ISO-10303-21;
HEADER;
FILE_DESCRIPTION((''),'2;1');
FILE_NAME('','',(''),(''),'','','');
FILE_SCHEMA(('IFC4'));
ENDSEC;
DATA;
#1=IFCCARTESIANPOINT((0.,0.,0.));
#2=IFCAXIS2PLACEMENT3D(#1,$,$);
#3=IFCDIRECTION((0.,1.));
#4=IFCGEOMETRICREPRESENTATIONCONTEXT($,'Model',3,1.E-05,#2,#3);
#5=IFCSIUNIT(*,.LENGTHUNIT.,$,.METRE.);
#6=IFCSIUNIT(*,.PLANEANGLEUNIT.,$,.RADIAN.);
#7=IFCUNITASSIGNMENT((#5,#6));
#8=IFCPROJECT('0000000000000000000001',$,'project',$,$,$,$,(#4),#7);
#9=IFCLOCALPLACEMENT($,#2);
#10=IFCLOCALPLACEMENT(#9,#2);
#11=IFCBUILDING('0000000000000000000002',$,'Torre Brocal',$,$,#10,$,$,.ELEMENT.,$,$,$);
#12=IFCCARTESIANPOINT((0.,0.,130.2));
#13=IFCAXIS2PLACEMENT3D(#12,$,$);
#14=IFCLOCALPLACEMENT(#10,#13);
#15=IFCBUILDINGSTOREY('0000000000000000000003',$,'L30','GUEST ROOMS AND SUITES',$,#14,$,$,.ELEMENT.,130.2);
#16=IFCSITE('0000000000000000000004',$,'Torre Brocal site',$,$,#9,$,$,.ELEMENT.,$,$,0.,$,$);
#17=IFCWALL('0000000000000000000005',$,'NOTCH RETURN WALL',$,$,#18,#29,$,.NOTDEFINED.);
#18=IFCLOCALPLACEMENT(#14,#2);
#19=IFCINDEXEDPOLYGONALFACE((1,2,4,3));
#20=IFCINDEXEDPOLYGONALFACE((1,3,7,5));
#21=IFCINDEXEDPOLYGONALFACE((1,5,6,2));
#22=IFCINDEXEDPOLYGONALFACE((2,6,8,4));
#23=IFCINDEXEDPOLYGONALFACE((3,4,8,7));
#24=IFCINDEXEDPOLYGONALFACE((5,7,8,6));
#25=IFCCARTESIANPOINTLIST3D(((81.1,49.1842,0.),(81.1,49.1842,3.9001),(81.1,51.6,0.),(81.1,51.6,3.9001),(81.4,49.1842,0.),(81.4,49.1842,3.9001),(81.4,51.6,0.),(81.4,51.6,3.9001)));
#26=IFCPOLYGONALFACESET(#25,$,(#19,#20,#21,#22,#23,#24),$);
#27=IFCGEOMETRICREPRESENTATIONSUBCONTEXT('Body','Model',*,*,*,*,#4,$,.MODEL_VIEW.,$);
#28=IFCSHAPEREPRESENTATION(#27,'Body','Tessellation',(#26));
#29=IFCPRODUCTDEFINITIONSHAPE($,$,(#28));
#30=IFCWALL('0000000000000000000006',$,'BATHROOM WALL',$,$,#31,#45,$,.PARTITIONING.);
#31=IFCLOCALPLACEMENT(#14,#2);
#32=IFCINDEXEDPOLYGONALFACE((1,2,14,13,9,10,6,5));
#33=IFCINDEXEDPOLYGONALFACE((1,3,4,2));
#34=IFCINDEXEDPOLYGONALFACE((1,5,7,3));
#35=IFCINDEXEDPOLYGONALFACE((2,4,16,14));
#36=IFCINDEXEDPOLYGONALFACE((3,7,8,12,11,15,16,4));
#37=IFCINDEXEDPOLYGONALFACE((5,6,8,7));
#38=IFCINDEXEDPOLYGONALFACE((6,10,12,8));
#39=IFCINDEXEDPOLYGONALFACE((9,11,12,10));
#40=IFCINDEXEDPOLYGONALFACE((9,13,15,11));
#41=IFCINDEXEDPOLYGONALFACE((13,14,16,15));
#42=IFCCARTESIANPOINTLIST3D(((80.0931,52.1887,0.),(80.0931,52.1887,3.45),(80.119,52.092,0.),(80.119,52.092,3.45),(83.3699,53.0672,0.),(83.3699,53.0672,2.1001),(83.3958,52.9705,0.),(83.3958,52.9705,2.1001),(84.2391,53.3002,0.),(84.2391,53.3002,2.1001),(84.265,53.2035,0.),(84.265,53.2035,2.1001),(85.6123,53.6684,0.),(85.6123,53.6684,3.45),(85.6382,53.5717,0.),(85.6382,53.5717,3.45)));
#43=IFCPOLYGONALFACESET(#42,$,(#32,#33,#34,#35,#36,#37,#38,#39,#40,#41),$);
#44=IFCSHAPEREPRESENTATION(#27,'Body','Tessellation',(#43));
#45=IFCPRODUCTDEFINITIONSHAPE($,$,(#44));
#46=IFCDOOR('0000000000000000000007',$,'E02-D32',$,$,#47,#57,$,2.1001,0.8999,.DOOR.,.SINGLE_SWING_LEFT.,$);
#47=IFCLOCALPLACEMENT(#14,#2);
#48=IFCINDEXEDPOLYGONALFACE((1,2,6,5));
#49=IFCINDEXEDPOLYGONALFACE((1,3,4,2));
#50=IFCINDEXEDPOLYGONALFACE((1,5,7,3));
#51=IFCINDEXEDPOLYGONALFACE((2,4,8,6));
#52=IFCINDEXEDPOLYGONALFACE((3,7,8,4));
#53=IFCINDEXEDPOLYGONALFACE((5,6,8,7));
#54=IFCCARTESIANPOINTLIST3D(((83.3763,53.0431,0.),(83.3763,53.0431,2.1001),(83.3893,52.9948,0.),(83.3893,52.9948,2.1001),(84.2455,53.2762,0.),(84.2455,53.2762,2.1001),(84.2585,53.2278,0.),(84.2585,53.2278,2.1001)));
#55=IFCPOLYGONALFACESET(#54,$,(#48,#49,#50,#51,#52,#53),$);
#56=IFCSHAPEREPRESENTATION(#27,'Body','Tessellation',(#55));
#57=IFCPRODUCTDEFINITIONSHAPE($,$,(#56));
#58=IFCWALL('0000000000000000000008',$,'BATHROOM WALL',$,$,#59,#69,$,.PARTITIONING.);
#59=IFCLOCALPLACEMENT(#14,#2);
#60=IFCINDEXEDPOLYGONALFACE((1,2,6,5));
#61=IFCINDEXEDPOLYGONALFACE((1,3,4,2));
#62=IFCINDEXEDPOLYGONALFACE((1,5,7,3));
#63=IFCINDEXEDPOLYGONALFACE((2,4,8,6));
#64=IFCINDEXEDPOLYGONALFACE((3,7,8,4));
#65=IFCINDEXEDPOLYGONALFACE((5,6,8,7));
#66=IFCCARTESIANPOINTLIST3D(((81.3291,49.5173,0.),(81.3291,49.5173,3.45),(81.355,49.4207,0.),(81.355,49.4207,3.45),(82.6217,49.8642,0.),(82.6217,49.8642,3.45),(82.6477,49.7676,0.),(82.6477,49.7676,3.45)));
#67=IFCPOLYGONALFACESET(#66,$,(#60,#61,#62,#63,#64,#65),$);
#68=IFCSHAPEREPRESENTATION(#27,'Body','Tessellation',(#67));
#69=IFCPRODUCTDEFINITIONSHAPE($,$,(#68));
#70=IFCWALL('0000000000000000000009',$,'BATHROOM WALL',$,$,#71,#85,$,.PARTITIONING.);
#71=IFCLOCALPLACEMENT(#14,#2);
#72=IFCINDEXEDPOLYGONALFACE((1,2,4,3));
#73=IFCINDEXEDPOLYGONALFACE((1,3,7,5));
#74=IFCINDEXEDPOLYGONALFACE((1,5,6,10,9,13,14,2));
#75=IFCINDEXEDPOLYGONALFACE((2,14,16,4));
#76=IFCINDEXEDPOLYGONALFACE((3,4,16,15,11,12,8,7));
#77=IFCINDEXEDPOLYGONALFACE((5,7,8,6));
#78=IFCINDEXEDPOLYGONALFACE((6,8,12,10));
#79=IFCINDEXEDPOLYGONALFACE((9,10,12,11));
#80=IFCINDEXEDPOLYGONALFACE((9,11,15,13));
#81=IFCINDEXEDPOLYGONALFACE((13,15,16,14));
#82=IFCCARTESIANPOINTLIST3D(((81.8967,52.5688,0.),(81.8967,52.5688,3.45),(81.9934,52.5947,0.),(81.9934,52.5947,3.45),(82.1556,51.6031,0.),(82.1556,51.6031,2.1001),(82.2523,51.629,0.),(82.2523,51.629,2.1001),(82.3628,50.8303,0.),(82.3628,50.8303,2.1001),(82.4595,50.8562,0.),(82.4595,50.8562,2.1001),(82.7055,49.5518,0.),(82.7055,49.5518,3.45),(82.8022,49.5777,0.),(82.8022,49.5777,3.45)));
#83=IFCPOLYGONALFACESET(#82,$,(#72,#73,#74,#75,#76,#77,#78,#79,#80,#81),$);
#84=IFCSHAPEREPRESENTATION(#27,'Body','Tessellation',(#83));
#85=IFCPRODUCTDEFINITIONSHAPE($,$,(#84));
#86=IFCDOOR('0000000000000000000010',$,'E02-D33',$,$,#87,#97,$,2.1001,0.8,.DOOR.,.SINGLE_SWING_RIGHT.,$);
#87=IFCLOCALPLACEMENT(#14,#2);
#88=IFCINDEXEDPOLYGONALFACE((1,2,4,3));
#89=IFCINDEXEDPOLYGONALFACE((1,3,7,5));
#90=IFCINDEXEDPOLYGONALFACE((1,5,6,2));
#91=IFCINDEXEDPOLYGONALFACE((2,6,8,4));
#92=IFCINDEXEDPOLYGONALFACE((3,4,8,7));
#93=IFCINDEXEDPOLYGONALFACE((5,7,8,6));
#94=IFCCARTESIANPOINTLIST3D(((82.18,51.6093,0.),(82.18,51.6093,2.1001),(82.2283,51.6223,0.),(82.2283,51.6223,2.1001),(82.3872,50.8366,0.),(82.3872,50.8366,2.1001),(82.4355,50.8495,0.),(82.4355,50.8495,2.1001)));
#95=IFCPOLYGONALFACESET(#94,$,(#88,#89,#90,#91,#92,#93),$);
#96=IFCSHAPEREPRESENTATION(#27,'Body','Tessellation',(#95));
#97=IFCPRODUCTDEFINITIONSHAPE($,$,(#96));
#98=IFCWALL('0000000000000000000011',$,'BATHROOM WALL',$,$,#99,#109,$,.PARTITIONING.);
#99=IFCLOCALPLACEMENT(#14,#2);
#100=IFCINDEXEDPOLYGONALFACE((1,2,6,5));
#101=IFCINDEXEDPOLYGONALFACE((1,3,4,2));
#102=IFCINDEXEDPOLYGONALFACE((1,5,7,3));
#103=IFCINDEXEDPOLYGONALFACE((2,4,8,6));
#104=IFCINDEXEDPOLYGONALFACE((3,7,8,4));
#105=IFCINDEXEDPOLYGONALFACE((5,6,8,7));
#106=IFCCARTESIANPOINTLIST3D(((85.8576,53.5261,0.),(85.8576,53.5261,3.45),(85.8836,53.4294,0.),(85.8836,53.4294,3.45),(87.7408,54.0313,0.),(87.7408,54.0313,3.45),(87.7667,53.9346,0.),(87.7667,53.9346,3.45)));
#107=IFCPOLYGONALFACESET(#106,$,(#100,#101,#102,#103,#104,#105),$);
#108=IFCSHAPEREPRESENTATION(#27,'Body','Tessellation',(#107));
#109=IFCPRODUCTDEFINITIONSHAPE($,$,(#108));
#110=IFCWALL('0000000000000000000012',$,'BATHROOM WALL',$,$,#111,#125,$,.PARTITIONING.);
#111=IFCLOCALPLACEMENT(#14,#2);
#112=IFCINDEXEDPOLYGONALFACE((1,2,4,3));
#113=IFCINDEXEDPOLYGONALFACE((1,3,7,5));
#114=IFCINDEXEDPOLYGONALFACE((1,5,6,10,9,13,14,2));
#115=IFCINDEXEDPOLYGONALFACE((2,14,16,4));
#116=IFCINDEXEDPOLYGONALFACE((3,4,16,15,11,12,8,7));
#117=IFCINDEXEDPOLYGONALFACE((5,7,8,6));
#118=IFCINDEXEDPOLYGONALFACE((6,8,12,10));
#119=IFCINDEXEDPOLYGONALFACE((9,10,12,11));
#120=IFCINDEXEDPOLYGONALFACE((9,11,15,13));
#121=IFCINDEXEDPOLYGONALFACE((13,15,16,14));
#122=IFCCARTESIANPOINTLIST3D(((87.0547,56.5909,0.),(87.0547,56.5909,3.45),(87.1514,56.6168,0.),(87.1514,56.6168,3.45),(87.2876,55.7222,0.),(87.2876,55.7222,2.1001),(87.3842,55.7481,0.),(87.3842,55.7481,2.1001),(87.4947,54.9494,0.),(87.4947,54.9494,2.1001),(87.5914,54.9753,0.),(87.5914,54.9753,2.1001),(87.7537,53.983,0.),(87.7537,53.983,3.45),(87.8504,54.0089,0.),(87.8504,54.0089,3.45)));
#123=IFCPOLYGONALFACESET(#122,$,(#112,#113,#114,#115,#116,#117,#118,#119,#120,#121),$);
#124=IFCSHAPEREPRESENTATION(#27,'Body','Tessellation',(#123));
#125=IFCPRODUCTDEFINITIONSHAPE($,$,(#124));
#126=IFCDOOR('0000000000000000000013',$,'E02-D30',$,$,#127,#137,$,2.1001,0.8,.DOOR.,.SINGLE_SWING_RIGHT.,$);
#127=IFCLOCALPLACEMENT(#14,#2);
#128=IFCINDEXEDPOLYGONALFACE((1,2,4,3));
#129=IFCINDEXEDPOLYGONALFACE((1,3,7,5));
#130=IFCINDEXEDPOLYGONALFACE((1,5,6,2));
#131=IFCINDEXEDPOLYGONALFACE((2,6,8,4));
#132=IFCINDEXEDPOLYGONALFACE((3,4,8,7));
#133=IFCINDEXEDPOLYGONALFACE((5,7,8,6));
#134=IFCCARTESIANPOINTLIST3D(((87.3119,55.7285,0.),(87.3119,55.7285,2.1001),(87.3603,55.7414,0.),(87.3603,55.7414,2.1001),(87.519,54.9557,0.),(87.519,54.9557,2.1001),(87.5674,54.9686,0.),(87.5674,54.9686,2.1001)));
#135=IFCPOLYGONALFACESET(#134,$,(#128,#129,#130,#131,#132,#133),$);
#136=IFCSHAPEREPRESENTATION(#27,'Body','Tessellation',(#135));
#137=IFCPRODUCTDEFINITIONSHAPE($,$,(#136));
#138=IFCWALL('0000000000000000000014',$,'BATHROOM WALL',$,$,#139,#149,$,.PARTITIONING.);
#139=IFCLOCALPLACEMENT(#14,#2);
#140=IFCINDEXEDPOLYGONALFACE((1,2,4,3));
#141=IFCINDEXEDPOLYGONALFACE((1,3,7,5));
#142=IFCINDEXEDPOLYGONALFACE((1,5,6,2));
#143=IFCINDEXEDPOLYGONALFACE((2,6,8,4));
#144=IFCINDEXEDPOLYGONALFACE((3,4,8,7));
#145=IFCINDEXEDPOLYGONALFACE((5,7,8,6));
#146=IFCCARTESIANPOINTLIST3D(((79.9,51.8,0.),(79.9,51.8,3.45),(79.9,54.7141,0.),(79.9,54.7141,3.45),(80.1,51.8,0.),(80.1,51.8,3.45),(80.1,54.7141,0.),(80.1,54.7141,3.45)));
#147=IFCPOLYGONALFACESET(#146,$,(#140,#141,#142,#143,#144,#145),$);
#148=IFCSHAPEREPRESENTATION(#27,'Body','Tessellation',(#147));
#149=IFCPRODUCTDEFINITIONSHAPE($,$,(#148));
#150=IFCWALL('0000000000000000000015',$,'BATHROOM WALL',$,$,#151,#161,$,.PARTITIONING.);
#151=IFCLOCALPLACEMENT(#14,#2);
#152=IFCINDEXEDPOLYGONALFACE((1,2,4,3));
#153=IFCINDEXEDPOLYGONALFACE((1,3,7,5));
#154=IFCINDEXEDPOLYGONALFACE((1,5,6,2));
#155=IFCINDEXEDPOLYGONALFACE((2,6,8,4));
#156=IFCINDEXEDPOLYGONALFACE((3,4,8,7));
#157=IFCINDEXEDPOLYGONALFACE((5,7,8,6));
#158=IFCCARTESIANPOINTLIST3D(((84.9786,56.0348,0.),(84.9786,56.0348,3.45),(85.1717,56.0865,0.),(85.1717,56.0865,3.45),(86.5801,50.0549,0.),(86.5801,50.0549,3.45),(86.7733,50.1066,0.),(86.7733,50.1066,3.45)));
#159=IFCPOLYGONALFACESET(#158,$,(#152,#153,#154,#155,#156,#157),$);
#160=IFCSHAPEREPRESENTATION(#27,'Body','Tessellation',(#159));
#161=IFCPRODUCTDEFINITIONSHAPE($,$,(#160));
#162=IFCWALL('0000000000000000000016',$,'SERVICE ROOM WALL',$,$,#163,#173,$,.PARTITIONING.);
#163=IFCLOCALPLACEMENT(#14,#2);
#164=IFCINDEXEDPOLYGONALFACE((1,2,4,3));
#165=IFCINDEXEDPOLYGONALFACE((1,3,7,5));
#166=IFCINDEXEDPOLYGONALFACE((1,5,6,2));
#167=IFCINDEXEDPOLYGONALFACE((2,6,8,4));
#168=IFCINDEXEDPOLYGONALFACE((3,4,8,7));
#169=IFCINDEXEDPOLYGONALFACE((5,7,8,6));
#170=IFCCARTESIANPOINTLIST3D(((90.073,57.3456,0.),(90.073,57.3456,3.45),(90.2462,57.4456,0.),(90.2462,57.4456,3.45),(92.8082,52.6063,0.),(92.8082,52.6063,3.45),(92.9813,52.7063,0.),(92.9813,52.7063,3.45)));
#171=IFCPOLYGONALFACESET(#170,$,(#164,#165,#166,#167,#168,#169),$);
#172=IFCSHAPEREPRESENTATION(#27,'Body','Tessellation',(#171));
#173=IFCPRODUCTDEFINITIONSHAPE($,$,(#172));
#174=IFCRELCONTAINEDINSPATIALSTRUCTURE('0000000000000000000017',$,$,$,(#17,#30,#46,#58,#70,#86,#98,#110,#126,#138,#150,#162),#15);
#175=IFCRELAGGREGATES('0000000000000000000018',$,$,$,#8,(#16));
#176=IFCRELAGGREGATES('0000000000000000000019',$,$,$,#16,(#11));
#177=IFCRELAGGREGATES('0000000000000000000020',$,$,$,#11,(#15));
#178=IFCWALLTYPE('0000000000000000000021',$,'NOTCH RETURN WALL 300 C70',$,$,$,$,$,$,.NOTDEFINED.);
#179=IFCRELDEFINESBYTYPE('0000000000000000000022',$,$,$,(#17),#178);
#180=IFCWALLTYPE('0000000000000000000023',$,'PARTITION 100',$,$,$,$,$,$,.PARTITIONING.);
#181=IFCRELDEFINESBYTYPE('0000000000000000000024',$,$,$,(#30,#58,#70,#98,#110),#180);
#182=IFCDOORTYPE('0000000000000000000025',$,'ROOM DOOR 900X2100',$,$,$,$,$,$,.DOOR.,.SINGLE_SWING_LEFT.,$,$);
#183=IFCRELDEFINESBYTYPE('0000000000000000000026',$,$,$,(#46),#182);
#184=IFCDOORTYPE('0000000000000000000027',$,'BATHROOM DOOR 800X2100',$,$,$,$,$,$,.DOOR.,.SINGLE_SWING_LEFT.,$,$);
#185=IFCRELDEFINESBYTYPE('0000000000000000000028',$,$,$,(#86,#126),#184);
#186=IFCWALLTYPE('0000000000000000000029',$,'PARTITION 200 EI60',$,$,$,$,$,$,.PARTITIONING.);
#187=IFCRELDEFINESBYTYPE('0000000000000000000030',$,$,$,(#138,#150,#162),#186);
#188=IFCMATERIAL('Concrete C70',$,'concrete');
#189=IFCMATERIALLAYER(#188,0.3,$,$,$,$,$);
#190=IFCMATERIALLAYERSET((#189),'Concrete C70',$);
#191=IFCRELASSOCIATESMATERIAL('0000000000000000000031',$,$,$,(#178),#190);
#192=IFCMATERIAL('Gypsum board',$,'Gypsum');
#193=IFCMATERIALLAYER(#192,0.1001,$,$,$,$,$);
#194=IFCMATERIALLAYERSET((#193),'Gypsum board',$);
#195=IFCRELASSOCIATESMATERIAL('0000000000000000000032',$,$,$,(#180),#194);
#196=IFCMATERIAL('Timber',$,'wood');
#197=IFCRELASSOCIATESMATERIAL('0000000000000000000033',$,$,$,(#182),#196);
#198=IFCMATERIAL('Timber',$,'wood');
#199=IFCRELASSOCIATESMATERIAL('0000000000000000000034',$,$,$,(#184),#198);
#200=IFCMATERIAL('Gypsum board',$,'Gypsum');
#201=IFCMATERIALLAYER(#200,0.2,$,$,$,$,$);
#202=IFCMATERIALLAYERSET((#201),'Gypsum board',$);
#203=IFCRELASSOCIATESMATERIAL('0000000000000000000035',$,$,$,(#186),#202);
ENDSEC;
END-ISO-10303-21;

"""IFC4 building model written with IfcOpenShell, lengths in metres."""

from ifc_helpers import new_model, si_unit, direction, frame, frame_2d, origin, place, context, subcontext, project, spatial, rectangle, extrude, material, layer, layer_set, type_object, element, fill, save


model = new_model("IFC4")

# Units and contexts
model_context = context("Model", 3, precision=1e-05, world=origin(), true_north=direction((0.0, 1.0)))
body_context = subcontext(model_context, "Body", "Model", "MODEL_VIEW")
ifc_project = project(units=[si_unit("LENGTHUNIT", "METRE"), si_unit("PLANEANGLEUNIT", "RADIAN")], contexts=[model_context])

# Site, building, storey
site_placement = place(None, origin())
site = spatial("IfcSite", under=ifc_project, at=site_placement, Name="Torre Brocal site", CompositionType="ELEMENT", RefElevation=0.0)
building_placement = place(site_placement, origin())
building = spatial("IfcBuilding", under=site, at=building_placement, Name="Torre Brocal", CompositionType="ELEMENT")
storey_placement = place(building_placement, frame((0.0, 0.0, 130.2)))
storey = spatial("IfcBuildingStorey", under=building, at=storey_placement, Name="L30", Description="GUEST ROOMS AND SUITES", CompositionType="ELEMENT", Elevation=130.2)

# Wall
ifc_material_1 = material(Name="Concrete C70", Category="concrete")
ifc_layer_1 = layer(ifc_material_1, 0.3)
ifc_layer_set_1 = layer_set([ifc_layer_1], Name="Concrete C70")
wall_type_1 = type_object("IfcWallType", Name="NOTCH RETURN WALL 300 C70", PredefinedType="NOTDEFINED", material=ifc_layer_set_1)
wall_1_placement = place(storey_placement, frame((81.25, 51.6001, 0.0), z_axis=(0.0, 0.0, 1.0), x_axis=(0.0, -1.0, 0.0)))
element("IfcWall", 1, at=wall_1_placement, inside=storey, type_object=wall_type_1, Name="NOTCH RETURN WALL", PredefinedType="NOTDEFINED", context=body_context, shape_type="SweptSolid", body=[
    extrude(rectangle(XDim=2.4158, YDim=0.3, at=frame_2d((1.208, 0.0))), origin(), (0.0, 0.0, 1.0), 3.9001),
])

# Wall, opening, door
ifc_material_2 = material(Name="Gypsum board", Category="Gypsum")
ifc_layer_2 = layer(ifc_material_2, 0.1001)
ifc_layer_set_2 = layer_set([ifc_layer_2], Name="Gypsum board")
wall_type_2 = type_object("IfcWallType", Name="PARTITION 100", PredefinedType="PARTITIONING", material=ifc_layer_set_2)
wall_2_placement = place(storey_placement, frame((80.1062, 52.1404, 0.0), z_axis=(0.0, 0.0, 1.0), x_axis=(0.965889, 0.258957, 0.0)))
wall_2 = element("IfcWall", 2, at=wall_2_placement, inside=storey, type_object=wall_type_2, Name="BATHROOM WALL", PredefinedType="PARTITIONING", context=body_context, shape_type="SweptSolid", body=[
    extrude(rectangle(XDim=5.7141, YDim=0.1001, at=frame_2d((2.8569, 0.0))), origin(), (0.0, 0.0, 1.0), 3.45),
])
opening_1_placement = place(wall_2_placement, frame((3.3923, 0.0, 0.0)))
opening_1 = element("IfcOpeningElement", 3, at=opening_1_placement, cuts=wall_2, PredefinedType="OPENING", context=body_context, shape_type="SweptSolid", body=[
    extrude(rectangle(XDim=0.8999, YDim=2.1001, at=frame_2d((0.45, 1.05))), frame((0.0, 0.0601, 0.0), z_axis=(0.0, -1.0, 0.0), x_axis=(1.0, 0.0, 0.0)), (0.0, 0.0, 1.0), 0.1201),
])
ifc_material_3 = material(Name="Timber", Category="wood")
door_type_1 = type_object("IfcDoorType", Name="ROOM DOOR 900X2100", OperationType="SINGLE_SWING_LEFT", PredefinedType="DOOR", material=ifc_material_3)
door_1_placement = place(opening_1_placement, frame((0.8999, 0.0, 0.0), z_axis=(0.0, 0.0, 1.0), x_axis=(-1.0, 0.0, 0.0)))
door_1 = element("IfcDoor", 4, at=door_1_placement, inside=storey, type_object=door_type_1, Name="E02-D32", OperationType="SINGLE_SWING_LEFT", OverallHeight=2.1001, OverallWidth=0.8999, PredefinedType="DOOR", context=body_context, shape_type="SweptSolid", body=[
    extrude(rectangle(XDim=0.8999, YDim=2.1001, at=frame_2d((0.45, 1.05))), frame((0.0, 0.0249, 0.0), z_axis=(0.0, -1.0, 0.0), x_axis=(1.0, 0.0, 0.0)), (0.0, 0.0, 1.0), 0.05),
])
fill(opening_1, door_1)

# Wall
wall_3_placement = place(storey_placement, frame((81.342, 49.469, 0.0), z_axis=(0.0, 0.0, 1.0), x_axis=(0.965825, 0.259195, 0.0)))
element("IfcWall", 5, at=wall_3_placement, inside=storey, type_object=wall_type_2, Name="BATHROOM WALL", PredefinedType="PARTITIONING", context=body_context, shape_type="SweptSolid", body=[
    extrude(rectangle(XDim=1.3384, YDim=0.1001, at=frame_2d((0.6692, 0.0))), origin(), (0.0, 0.0, 1.0), 3.45),
])

# Wall, opening, door
wall_4_placement = place(storey_placement, frame((81.9451, 52.5818, 0.0), z_axis=(0.0, 0.0, 1.0), x_axis=(0.258942, -0.965893, 0.0)))
wall_4 = element("IfcWall", 6, at=wall_4_placement, inside=storey, type_object=wall_type_2, Name="BATHROOM WALL", PredefinedType="PARTITIONING", context=body_context, shape_type="SweptSolid", body=[
    extrude(rectangle(XDim=3.1235, YDim=0.1001, at=frame_2d((1.5618, 0.0))), origin(), (0.0, 0.0, 1.0), 3.45),
])
opening_2_placement = place(wall_4_placement, frame((1.0, 0.0, 0.0)))
opening_2 = element("IfcOpeningElement", 7, at=opening_2_placement, cuts=wall_4, PredefinedType="OPENING", context=body_context, shape_type="SweptSolid", body=[
    extrude(rectangle(XDim=0.8, YDim=2.1001, at=frame_2d((0.3999, 1.05))), frame((0.0, 0.0601, 0.0), z_axis=(0.0, -1.0, 0.0), x_axis=(1.0, 0.0, 0.0)), (0.0, 0.0, 1.0), 0.1201),
])
ifc_material_4 = material(Name="Timber", Category="wood")
door_type_2 = type_object("IfcDoorType", Name="BATHROOM DOOR 800X2100", OperationType="SINGLE_SWING_LEFT", PredefinedType="DOOR", material=ifc_material_4)
door_2_placement = place(opening_2_placement, frame((0.8, 0.0, 0.0), z_axis=(0.0, 0.0, 1.0), x_axis=(-1.0, 0.0, 0.0)))
door_2 = element("IfcDoor", 8, at=door_2_placement, inside=storey, type_object=door_type_2, Name="E02-D33", OperationType="SINGLE_SWING_RIGHT", OverallHeight=2.1001, OverallWidth=0.8, PredefinedType="DOOR", context=body_context, shape_type="SweptSolid", body=[
    extrude(rectangle(XDim=0.8, YDim=2.1001, at=frame_2d((0.3999, 1.05))), frame((0.0, 0.0249, 0.0), z_axis=(0.0, -1.0, 0.0), x_axis=(1.0, 0.0, 0.0)), (0.0, 0.0, 1.0), 0.05),
])
fill(opening_2, door_2)

# Wall
wall_5_placement = place(storey_placement, frame((85.8706, 53.4778, 0.0), z_axis=(0.0, 0.0, 1.0), x_axis=(0.965854, 0.259089, 0.0)))
element("IfcWall", 9, at=wall_5_placement, inside=storey, type_object=wall_type_2, Name="BATHROOM WALL", PredefinedType="PARTITIONING", context=body_context, shape_type="SweptSolid", body=[
    extrude(rectangle(XDim=1.9497, YDim=0.1001, at=frame_2d((0.9749, 0.0))), origin(), (0.0, 0.0, 1.0), 3.45),
])

# Wall, opening, door
wall_6_placement = place(storey_placement, frame((87.103, 56.604, 0.0), z_axis=(0.0, 0.0, 1.0), x_axis=(0.258884, -0.965908, 0.0)))
wall_6 = element("IfcWall", 10, at=wall_6_placement, inside=storey, type_object=wall_type_2, Name="BATHROOM WALL", PredefinedType="PARTITIONING", context=body_context, shape_type="SweptSolid", body=[
    extrude(rectangle(XDim=2.7, YDim=0.1001, at=frame_2d((1.3501, 0.0))), origin(), (0.0, 0.0, 1.0), 3.45),
])
opening_3_placement = place(wall_6_placement, frame((0.8997, 0.0, 0.0)))
opening_3 = element("IfcOpeningElement", 11, at=opening_3_placement, cuts=wall_6, PredefinedType="OPENING", context=body_context, shape_type="SweptSolid", body=[
    extrude(rectangle(XDim=0.8, YDim=2.1001, at=frame_2d((0.3999, 1.05))), frame((0.0, 0.0601, 0.0), z_axis=(0.0, -1.0, 0.0), x_axis=(1.0, 0.0, 0.0)), (0.0, 0.0, 1.0), 0.1201),
])
door_3_placement = place(opening_3_placement, frame((0.8, 0.0, 0.0), z_axis=(0.0, 0.0, 1.0), x_axis=(-1.0, 0.0, 0.0)))
door_3 = element("IfcDoor", 12, at=door_3_placement, inside=storey, type_object=door_type_2, Name="E02-D30", OperationType="SINGLE_SWING_RIGHT", OverallHeight=2.1001, OverallWidth=0.8, PredefinedType="DOOR", context=body_context, shape_type="SweptSolid", body=[
    extrude(rectangle(XDim=0.8, YDim=2.1001, at=frame_2d((0.3999, 1.05))), frame((0.0, 0.0249, 0.0), z_axis=(0.0, -1.0, 0.0), x_axis=(1.0, 0.0, 0.0)), (0.0, 0.0, 1.0), 0.05),
])
fill(opening_3, door_3)

# Walls
ifc_material_5 = material(Name="Gypsum board", Category="Gypsum")
ifc_layer_3 = layer(ifc_material_5, 0.2)
ifc_layer_set_3 = layer_set([ifc_layer_3], Name="Gypsum board")
wall_type_3 = type_object("IfcWallType", Name="PARTITION 200 EI60", PredefinedType="PARTITIONING", material=ifc_layer_set_3)
wall_7_placement = place(storey_placement, frame((80.0, 51.8, 0.0), z_axis=(0.0, 0.0, 1.0), x_axis=(0.0, 1.0, 0.0)))
element("IfcWall", 13, at=wall_7_placement, inside=storey, type_object=wall_type_3, Name="BATHROOM WALL", PredefinedType="PARTITIONING", context=body_context, shape_type="SweptSolid", body=[
    extrude(rectangle(XDim=2.9141, YDim=0.2, at=frame_2d((1.457, 0.0))), origin(), (0.0, 0.0, 1.0), 3.45),
])
wall_8_placement = place(storey_placement, frame((85.0752, 56.0605, 0.0), z_axis=(0.0, 0.0, 1.0), x_axis=(0.258703, -0.965957, 0.0)))
element("IfcWall", 14, at=wall_8_placement, inside=storey, type_object=wall_type_3, Name="BATHROOM WALL", PredefinedType="PARTITIONING", context=body_context, shape_type="SweptSolid", body=[
    extrude(rectangle(XDim=6.1907, YDim=0.2, at=frame_2d((3.0952, 0.0))), origin(), (0.0, 0.0, 1.0), 3.45),
])
wall_9_placement = place(storey_placement, frame((90.1597, 57.3955, 0.0), z_axis=(0.0, 0.0, 1.0), x_axis=(0.499849, -0.866113, 0.0)))
element("IfcWall", 15, at=wall_9_placement, inside=storey, type_object=wall_type_3, Name="SERVICE ROOM WALL", PredefinedType="PARTITIONING", context=body_context, shape_type="SweptSolid", body=[
    extrude(rectangle(XDim=5.4719, YDim=0.2, at=frame_2d((2.7358, 0.0))), origin(), (0.0, 0.0, 1.0), 3.45),
])

save(model, "model.ifc")
